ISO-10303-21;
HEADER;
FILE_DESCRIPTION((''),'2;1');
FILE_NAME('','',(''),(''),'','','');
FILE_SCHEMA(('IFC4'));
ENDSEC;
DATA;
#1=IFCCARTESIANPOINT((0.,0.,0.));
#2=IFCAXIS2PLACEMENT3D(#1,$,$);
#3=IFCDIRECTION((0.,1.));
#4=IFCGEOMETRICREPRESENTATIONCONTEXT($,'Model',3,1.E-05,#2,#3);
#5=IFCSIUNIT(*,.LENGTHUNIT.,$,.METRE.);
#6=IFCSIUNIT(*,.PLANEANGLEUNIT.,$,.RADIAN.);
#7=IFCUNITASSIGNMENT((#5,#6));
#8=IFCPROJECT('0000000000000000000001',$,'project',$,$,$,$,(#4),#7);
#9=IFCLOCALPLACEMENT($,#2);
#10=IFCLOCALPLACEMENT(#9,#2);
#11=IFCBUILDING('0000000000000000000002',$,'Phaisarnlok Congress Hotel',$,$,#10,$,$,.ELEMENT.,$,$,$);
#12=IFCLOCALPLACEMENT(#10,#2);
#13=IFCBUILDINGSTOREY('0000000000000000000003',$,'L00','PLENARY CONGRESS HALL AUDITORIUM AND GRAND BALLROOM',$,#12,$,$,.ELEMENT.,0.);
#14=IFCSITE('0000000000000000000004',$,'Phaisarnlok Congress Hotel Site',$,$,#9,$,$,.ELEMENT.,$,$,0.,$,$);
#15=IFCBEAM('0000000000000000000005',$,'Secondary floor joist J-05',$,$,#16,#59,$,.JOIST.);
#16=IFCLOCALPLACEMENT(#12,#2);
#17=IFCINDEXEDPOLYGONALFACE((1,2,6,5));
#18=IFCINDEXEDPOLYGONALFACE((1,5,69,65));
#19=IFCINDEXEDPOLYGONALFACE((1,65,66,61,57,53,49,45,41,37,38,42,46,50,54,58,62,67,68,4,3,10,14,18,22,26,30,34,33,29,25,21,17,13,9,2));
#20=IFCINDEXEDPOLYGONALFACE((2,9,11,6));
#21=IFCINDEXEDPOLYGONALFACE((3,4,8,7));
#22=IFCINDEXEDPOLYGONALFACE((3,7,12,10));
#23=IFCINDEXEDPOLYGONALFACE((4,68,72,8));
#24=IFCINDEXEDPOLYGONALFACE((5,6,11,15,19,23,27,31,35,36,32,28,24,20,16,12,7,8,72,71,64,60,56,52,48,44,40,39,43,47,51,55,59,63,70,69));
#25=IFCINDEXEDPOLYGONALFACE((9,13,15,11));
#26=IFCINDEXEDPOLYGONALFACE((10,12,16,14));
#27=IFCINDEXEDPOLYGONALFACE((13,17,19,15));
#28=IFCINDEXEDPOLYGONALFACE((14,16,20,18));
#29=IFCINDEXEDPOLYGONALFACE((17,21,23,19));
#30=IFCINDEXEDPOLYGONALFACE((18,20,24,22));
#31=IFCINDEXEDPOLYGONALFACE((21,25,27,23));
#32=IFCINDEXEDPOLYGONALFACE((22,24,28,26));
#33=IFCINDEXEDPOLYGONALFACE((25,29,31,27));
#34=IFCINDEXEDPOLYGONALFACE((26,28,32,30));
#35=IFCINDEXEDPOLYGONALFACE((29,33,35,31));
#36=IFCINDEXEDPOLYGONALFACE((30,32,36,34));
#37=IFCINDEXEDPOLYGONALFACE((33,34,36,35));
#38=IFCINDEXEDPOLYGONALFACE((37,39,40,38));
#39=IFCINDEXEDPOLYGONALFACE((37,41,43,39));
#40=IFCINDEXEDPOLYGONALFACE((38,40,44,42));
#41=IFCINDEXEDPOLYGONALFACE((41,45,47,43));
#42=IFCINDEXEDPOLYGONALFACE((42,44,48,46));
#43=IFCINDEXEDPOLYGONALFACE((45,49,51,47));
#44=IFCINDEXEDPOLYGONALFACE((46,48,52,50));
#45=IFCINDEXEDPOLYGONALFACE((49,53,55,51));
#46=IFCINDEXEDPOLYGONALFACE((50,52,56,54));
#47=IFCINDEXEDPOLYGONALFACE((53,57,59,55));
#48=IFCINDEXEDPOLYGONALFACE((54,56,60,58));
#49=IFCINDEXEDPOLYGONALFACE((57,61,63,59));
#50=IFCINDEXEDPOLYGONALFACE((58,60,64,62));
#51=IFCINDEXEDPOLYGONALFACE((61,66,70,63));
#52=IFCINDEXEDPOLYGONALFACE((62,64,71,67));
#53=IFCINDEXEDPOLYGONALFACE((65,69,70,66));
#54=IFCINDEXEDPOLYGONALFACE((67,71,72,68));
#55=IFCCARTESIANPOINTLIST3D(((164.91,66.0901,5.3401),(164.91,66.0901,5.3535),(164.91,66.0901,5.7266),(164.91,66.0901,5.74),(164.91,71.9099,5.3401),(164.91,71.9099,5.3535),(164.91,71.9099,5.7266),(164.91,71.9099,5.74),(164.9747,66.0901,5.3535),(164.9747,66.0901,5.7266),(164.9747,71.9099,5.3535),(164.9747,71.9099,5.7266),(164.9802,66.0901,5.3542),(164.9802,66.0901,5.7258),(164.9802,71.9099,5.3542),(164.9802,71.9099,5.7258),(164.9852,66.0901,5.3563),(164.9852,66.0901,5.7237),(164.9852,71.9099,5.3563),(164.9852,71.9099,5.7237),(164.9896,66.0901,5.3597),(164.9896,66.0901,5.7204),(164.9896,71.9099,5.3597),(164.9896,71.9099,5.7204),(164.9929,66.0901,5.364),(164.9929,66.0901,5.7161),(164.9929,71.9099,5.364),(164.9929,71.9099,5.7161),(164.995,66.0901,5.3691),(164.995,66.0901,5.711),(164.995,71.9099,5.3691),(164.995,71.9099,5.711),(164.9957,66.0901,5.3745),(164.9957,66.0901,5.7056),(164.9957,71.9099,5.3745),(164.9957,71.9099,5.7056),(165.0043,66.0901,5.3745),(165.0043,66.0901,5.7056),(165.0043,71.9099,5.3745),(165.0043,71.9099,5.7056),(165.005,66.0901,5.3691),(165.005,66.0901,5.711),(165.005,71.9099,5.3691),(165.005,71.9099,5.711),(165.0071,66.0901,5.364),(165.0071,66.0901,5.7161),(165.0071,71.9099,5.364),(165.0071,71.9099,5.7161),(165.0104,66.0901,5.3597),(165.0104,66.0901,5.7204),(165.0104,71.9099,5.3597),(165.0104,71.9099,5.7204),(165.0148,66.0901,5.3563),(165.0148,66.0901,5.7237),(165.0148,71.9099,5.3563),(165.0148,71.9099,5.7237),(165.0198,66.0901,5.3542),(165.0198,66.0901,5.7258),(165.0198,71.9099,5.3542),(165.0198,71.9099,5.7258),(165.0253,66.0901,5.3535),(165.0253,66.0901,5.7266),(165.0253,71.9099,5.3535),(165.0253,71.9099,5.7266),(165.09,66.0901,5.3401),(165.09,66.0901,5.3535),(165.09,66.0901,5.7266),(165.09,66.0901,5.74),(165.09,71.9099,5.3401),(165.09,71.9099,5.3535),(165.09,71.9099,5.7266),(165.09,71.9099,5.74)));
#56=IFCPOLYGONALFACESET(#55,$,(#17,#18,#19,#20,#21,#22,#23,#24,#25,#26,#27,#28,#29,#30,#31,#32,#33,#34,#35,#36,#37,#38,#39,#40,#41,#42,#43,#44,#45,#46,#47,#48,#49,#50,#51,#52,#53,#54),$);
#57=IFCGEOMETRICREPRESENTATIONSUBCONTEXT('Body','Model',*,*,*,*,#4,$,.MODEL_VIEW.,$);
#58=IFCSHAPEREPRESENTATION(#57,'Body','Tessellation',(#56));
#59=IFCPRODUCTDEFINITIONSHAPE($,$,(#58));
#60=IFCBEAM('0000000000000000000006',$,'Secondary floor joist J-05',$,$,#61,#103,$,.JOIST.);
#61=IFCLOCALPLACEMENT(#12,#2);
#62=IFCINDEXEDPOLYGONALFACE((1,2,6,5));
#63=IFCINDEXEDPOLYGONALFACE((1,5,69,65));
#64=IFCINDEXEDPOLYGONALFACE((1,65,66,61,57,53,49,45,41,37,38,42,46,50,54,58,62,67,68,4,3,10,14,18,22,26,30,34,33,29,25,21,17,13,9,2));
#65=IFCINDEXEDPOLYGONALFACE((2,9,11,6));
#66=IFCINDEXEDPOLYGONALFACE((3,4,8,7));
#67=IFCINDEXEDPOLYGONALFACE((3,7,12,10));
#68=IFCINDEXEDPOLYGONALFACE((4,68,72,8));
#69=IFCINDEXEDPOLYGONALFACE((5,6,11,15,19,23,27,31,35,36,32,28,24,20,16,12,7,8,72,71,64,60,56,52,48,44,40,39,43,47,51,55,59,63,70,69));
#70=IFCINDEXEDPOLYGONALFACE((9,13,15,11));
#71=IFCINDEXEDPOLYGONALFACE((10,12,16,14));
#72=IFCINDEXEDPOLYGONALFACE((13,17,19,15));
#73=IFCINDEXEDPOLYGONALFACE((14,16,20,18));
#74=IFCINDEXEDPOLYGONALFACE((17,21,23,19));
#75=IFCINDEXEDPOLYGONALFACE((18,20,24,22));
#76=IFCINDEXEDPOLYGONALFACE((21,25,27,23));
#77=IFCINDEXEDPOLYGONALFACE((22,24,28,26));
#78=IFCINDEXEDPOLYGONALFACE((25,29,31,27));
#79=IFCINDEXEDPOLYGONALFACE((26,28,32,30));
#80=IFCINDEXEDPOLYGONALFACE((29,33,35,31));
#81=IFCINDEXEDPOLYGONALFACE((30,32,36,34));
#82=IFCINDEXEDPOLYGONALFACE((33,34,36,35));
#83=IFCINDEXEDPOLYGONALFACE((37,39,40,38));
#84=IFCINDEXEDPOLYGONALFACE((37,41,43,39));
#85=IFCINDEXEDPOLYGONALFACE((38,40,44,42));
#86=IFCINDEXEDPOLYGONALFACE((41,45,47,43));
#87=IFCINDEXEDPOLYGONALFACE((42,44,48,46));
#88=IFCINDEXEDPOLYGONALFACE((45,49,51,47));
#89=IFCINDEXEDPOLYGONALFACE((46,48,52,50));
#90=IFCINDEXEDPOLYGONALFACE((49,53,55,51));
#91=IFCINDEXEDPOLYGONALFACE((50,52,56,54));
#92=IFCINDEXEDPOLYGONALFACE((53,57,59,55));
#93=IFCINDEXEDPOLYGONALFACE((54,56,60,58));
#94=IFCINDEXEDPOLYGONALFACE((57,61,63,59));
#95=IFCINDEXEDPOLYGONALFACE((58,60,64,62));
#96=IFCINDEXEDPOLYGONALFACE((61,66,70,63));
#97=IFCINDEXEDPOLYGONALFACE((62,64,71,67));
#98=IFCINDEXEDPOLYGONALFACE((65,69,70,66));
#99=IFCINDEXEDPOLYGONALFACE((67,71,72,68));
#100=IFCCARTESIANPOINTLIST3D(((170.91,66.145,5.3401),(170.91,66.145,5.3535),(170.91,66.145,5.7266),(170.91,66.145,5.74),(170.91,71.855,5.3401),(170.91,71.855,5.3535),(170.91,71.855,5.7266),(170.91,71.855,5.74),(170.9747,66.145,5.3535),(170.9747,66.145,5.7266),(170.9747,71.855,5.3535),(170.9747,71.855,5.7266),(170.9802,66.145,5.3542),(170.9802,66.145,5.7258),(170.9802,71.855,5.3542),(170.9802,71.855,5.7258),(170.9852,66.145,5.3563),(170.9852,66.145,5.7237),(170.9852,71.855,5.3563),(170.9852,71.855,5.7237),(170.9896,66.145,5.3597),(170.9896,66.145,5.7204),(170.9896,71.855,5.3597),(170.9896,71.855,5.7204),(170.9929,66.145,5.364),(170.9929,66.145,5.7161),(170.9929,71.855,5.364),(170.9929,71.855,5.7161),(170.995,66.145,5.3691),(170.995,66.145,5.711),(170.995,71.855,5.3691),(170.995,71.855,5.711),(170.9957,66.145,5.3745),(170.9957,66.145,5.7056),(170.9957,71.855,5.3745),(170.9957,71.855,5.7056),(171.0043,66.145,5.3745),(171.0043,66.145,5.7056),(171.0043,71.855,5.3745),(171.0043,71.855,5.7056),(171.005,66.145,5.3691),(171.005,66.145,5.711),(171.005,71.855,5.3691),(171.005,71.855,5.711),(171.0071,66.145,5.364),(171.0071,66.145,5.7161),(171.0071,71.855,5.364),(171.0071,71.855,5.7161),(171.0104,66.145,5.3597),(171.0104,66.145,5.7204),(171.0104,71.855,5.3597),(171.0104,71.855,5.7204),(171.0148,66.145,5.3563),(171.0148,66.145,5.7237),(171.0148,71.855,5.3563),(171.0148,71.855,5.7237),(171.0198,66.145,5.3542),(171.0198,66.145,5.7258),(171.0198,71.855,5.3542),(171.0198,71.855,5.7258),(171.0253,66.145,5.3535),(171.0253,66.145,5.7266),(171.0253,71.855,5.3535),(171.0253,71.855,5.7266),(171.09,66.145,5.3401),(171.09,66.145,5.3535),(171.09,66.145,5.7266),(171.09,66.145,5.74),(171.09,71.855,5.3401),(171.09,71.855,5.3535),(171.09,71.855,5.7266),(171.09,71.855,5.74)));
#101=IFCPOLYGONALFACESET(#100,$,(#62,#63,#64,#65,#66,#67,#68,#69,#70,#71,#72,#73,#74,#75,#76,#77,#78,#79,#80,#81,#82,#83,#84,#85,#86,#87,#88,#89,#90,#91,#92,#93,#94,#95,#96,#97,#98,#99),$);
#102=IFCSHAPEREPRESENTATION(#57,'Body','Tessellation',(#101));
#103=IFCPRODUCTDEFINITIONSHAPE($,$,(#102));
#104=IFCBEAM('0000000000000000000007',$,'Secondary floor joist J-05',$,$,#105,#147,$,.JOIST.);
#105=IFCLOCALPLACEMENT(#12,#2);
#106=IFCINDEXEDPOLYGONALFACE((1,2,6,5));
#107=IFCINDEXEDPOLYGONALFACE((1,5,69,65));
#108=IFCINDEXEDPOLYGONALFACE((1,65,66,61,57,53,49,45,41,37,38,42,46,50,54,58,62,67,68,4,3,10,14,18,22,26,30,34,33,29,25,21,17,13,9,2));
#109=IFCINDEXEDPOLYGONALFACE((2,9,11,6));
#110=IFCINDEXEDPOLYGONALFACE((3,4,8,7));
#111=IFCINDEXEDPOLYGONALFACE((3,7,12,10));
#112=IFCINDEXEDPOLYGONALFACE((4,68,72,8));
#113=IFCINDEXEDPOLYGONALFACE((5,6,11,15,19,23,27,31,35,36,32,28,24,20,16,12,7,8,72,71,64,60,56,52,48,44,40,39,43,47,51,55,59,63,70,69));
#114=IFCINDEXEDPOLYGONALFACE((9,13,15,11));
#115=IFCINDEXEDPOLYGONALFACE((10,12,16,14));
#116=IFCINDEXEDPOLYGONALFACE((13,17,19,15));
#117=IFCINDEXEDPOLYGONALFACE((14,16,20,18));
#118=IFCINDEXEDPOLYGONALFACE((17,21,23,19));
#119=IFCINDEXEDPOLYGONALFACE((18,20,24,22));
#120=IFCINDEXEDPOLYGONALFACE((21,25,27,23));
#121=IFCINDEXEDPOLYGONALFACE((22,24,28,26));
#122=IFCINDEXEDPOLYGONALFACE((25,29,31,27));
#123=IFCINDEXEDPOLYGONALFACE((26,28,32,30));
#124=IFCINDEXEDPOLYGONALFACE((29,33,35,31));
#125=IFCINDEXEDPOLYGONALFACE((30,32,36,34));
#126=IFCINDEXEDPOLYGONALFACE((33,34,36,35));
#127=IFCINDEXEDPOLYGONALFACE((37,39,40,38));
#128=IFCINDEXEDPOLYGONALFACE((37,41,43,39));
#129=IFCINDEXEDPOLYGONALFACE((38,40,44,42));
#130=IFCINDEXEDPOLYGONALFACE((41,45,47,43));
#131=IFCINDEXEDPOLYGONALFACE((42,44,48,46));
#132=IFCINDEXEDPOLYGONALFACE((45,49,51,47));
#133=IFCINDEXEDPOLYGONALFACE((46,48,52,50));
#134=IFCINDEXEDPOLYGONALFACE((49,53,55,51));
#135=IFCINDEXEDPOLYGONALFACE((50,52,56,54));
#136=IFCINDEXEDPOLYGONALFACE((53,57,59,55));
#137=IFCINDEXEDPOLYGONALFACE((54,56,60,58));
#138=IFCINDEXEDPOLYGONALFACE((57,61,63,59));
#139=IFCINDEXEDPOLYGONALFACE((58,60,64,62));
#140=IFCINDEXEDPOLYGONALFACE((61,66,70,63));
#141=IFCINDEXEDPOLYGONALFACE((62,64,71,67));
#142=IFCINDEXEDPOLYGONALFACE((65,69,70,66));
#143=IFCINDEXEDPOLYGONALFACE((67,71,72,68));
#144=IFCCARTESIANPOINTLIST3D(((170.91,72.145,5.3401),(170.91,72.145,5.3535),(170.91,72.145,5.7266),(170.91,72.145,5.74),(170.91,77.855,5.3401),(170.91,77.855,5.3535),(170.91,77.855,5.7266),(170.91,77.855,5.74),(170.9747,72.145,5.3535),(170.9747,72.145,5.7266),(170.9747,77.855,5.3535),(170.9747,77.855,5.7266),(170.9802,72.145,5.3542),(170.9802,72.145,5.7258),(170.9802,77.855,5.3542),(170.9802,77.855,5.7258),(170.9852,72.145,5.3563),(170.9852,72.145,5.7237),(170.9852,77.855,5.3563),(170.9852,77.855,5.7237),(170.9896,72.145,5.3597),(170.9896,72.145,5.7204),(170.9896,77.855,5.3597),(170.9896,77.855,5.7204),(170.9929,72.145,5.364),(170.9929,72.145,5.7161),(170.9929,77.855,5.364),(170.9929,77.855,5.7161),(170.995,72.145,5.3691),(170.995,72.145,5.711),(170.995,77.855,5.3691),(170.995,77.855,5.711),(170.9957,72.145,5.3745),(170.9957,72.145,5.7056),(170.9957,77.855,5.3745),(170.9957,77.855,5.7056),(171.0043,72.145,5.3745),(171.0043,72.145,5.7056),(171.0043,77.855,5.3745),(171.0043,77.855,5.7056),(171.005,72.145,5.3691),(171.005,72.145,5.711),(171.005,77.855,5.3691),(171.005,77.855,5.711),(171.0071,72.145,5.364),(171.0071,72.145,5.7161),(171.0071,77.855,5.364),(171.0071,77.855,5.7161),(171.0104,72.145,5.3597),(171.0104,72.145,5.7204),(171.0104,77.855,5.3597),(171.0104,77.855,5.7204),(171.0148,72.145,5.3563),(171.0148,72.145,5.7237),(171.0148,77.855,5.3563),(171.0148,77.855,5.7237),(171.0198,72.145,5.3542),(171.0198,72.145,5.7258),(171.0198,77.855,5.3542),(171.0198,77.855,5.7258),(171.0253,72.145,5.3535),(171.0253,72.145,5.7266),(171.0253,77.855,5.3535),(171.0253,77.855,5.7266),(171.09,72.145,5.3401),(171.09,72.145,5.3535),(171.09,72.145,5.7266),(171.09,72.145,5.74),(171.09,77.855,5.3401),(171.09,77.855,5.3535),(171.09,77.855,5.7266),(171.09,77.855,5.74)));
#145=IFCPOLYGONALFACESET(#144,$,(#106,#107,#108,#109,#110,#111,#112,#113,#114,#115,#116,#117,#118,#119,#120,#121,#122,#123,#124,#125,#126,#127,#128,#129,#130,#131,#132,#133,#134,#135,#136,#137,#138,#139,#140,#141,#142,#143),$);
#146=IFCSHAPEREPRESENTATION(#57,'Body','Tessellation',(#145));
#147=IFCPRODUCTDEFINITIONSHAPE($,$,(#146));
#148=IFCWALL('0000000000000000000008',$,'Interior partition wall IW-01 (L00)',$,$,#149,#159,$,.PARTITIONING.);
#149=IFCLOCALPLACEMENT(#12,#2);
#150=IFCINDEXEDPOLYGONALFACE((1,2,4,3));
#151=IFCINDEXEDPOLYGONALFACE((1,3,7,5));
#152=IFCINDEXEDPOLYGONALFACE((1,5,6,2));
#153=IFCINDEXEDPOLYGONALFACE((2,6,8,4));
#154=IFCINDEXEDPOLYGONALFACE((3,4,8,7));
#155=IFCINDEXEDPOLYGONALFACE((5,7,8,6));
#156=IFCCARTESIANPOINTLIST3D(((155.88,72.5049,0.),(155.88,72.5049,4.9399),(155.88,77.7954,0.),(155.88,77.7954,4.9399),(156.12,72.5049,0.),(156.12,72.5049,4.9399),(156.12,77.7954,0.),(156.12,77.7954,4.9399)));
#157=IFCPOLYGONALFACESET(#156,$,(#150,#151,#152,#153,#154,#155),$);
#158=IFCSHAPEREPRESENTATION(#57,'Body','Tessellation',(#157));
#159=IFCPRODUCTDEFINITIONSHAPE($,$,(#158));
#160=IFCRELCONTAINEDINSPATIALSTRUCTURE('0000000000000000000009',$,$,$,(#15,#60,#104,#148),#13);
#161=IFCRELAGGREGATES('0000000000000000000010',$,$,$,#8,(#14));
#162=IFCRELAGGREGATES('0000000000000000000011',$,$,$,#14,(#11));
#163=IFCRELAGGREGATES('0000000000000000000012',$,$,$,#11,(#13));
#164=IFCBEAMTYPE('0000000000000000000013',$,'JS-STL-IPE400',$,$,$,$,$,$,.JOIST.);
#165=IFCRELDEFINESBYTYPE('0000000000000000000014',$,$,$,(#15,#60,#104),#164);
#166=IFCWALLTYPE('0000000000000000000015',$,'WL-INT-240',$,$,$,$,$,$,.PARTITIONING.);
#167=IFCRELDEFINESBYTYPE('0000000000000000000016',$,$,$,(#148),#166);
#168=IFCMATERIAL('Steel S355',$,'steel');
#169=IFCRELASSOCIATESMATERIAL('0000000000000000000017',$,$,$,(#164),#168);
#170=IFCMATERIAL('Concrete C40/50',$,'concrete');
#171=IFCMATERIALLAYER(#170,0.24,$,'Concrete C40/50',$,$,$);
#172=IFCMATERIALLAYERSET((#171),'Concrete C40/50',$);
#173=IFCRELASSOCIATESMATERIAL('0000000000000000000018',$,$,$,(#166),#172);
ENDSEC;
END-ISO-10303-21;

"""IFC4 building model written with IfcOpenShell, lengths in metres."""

from ifc_helpers import new_model, si_unit, direction, frame, frame_2d, origin, origin_2d, place, context, subcontext, project, spatial, rectangle, i_section, extrude, material, layer, layer_set, material_profile, profile_set, type_object, element, save


model = new_model("IFC4")

# Units and contexts
model_context = context("Model", 3, precision=1e-05, world=origin(), true_north=direction((0.0, 1.0)))
body_context = subcontext(model_context, "Body", "Model", "MODEL_VIEW")
ifc_project = project(units=[si_unit("LENGTHUNIT", "METRE"), si_unit("PLANEANGLEUNIT", "RADIAN")], contexts=[model_context])

# Site, building, storey
site_placement = place(None, origin())
site = spatial("IfcSite", under=ifc_project, at=site_placement, Name="Phaisarnlok Congress Hotel Site", CompositionType="ELEMENT", RefElevation=0.0)
building_placement = place(site_placement, origin())
building = spatial("IfcBuilding", under=site, at=building_placement, Name="Phaisarnlok Congress Hotel", CompositionType="ELEMENT")
storey_placement = place(building_placement, origin())
storey = spatial("IfcBuildingStorey", under=building, at=storey_placement, Name="L00", Description="PLENARY CONGRESS HALL AUDITORIUM AND GRAND BALLROOM", CompositionType="ELEMENT", Elevation=0.0)

# Shared definitions
ifc_material_1 = material(Name="Steel S355", Category="steel")

# Beams
ifc_material_2 = material(Name="Concrete C40/50", Category="concrete")
ifc_material_profile_1 = material_profile(ifc_material_1, i_section(OverallWidth=0.1799, OverallDepth=0.3999, WebThickness=0.0085, FlangeThickness=0.0134, FilletRadius=0.021, at=origin_2d()), Name="IPE 400")
ifc_profile_set_1 = profile_set([ifc_material_profile_1], Name="Steel S355")
beam_type_1 = type_object("IfcBeamType", Name="JS-STL-IPE400", PredefinedType="JOIST", material=ifc_profile_set_1)
beam_1_placement = place(storey_placement, frame((165.0, 66.0901, 5.54), z_axis=(0.0, 1.0, 0.0), x_axis=(-1.0, 0.0, 0.0)))
element("IfcBeam", 1, at=beam_1_placement, inside=storey, type_object=beam_type_1, Name="Secondary floor joist J-05", PredefinedType="JOIST", context=body_context, shape_type="SweptSolid", body=[
    extrude(i_section(OverallWidth=0.1799, OverallDepth=0.3999, WebThickness=0.0085, FlangeThickness=0.0134, FilletRadius=0.021, at=origin_2d()), origin(), (0.0, 0.0, 1.0), 5.8198),
])
for number, where, z_axis, x_axis, name in (
    (2, (171.0, 66.145, 5.54), (0.0, 1.0, 0.0), (-1.0, 0.0, 0.0), "Secondary floor joist J-05"),
    (3, (171.0, 72.145, 5.54), (0.0, 1.0, 0.0), (-1.0, 0.0, 0.0), "Secondary floor joist J-05"),
):
    element("IfcBeam", number, at=place(storey_placement, frame(where, z_axis=z_axis, x_axis=x_axis)), inside=storey, type_object=beam_type_1, Name=name, PredefinedType="JOIST", context=body_context, shape_type="SweptSolid", body=[
        extrude(i_section(OverallWidth=0.1799, OverallDepth=0.3999, WebThickness=0.0085, FlangeThickness=0.0134, FilletRadius=0.021, at=origin_2d()), origin(), (0.0, 0.0, 1.0), 5.71),
    ])

# Wall
ifc_layer = layer(ifc_material_2, 0.24, Name="Concrete C40/50")
ifc_layer_set = layer_set([ifc_layer], Name="Concrete C40/50")
wall_type = type_object("IfcWallType", Name="WL-INT-240", PredefinedType="PARTITIONING", material=ifc_layer_set)
wall_placement = place(storey_placement, frame((156.0, 72.5049, 0.0), z_axis=(0.0, 0.0, 1.0), x_axis=(0.0, 1.0, 0.0)))
element("IfcWall", 4, at=wall_placement, inside=storey, type_object=wall_type, Name="Interior partition wall IW-01 (L00)", PredefinedType="PARTITIONING", context=body_context, shape_type="SweptSolid", body=[
    extrude(rectangle(XDim=5.2905, YDim=0.24, at=frame_2d((2.6453, 0.0))), origin(), (0.0, 0.0, 1.0), 4.9399),
])

save(model, "model.ifc")
